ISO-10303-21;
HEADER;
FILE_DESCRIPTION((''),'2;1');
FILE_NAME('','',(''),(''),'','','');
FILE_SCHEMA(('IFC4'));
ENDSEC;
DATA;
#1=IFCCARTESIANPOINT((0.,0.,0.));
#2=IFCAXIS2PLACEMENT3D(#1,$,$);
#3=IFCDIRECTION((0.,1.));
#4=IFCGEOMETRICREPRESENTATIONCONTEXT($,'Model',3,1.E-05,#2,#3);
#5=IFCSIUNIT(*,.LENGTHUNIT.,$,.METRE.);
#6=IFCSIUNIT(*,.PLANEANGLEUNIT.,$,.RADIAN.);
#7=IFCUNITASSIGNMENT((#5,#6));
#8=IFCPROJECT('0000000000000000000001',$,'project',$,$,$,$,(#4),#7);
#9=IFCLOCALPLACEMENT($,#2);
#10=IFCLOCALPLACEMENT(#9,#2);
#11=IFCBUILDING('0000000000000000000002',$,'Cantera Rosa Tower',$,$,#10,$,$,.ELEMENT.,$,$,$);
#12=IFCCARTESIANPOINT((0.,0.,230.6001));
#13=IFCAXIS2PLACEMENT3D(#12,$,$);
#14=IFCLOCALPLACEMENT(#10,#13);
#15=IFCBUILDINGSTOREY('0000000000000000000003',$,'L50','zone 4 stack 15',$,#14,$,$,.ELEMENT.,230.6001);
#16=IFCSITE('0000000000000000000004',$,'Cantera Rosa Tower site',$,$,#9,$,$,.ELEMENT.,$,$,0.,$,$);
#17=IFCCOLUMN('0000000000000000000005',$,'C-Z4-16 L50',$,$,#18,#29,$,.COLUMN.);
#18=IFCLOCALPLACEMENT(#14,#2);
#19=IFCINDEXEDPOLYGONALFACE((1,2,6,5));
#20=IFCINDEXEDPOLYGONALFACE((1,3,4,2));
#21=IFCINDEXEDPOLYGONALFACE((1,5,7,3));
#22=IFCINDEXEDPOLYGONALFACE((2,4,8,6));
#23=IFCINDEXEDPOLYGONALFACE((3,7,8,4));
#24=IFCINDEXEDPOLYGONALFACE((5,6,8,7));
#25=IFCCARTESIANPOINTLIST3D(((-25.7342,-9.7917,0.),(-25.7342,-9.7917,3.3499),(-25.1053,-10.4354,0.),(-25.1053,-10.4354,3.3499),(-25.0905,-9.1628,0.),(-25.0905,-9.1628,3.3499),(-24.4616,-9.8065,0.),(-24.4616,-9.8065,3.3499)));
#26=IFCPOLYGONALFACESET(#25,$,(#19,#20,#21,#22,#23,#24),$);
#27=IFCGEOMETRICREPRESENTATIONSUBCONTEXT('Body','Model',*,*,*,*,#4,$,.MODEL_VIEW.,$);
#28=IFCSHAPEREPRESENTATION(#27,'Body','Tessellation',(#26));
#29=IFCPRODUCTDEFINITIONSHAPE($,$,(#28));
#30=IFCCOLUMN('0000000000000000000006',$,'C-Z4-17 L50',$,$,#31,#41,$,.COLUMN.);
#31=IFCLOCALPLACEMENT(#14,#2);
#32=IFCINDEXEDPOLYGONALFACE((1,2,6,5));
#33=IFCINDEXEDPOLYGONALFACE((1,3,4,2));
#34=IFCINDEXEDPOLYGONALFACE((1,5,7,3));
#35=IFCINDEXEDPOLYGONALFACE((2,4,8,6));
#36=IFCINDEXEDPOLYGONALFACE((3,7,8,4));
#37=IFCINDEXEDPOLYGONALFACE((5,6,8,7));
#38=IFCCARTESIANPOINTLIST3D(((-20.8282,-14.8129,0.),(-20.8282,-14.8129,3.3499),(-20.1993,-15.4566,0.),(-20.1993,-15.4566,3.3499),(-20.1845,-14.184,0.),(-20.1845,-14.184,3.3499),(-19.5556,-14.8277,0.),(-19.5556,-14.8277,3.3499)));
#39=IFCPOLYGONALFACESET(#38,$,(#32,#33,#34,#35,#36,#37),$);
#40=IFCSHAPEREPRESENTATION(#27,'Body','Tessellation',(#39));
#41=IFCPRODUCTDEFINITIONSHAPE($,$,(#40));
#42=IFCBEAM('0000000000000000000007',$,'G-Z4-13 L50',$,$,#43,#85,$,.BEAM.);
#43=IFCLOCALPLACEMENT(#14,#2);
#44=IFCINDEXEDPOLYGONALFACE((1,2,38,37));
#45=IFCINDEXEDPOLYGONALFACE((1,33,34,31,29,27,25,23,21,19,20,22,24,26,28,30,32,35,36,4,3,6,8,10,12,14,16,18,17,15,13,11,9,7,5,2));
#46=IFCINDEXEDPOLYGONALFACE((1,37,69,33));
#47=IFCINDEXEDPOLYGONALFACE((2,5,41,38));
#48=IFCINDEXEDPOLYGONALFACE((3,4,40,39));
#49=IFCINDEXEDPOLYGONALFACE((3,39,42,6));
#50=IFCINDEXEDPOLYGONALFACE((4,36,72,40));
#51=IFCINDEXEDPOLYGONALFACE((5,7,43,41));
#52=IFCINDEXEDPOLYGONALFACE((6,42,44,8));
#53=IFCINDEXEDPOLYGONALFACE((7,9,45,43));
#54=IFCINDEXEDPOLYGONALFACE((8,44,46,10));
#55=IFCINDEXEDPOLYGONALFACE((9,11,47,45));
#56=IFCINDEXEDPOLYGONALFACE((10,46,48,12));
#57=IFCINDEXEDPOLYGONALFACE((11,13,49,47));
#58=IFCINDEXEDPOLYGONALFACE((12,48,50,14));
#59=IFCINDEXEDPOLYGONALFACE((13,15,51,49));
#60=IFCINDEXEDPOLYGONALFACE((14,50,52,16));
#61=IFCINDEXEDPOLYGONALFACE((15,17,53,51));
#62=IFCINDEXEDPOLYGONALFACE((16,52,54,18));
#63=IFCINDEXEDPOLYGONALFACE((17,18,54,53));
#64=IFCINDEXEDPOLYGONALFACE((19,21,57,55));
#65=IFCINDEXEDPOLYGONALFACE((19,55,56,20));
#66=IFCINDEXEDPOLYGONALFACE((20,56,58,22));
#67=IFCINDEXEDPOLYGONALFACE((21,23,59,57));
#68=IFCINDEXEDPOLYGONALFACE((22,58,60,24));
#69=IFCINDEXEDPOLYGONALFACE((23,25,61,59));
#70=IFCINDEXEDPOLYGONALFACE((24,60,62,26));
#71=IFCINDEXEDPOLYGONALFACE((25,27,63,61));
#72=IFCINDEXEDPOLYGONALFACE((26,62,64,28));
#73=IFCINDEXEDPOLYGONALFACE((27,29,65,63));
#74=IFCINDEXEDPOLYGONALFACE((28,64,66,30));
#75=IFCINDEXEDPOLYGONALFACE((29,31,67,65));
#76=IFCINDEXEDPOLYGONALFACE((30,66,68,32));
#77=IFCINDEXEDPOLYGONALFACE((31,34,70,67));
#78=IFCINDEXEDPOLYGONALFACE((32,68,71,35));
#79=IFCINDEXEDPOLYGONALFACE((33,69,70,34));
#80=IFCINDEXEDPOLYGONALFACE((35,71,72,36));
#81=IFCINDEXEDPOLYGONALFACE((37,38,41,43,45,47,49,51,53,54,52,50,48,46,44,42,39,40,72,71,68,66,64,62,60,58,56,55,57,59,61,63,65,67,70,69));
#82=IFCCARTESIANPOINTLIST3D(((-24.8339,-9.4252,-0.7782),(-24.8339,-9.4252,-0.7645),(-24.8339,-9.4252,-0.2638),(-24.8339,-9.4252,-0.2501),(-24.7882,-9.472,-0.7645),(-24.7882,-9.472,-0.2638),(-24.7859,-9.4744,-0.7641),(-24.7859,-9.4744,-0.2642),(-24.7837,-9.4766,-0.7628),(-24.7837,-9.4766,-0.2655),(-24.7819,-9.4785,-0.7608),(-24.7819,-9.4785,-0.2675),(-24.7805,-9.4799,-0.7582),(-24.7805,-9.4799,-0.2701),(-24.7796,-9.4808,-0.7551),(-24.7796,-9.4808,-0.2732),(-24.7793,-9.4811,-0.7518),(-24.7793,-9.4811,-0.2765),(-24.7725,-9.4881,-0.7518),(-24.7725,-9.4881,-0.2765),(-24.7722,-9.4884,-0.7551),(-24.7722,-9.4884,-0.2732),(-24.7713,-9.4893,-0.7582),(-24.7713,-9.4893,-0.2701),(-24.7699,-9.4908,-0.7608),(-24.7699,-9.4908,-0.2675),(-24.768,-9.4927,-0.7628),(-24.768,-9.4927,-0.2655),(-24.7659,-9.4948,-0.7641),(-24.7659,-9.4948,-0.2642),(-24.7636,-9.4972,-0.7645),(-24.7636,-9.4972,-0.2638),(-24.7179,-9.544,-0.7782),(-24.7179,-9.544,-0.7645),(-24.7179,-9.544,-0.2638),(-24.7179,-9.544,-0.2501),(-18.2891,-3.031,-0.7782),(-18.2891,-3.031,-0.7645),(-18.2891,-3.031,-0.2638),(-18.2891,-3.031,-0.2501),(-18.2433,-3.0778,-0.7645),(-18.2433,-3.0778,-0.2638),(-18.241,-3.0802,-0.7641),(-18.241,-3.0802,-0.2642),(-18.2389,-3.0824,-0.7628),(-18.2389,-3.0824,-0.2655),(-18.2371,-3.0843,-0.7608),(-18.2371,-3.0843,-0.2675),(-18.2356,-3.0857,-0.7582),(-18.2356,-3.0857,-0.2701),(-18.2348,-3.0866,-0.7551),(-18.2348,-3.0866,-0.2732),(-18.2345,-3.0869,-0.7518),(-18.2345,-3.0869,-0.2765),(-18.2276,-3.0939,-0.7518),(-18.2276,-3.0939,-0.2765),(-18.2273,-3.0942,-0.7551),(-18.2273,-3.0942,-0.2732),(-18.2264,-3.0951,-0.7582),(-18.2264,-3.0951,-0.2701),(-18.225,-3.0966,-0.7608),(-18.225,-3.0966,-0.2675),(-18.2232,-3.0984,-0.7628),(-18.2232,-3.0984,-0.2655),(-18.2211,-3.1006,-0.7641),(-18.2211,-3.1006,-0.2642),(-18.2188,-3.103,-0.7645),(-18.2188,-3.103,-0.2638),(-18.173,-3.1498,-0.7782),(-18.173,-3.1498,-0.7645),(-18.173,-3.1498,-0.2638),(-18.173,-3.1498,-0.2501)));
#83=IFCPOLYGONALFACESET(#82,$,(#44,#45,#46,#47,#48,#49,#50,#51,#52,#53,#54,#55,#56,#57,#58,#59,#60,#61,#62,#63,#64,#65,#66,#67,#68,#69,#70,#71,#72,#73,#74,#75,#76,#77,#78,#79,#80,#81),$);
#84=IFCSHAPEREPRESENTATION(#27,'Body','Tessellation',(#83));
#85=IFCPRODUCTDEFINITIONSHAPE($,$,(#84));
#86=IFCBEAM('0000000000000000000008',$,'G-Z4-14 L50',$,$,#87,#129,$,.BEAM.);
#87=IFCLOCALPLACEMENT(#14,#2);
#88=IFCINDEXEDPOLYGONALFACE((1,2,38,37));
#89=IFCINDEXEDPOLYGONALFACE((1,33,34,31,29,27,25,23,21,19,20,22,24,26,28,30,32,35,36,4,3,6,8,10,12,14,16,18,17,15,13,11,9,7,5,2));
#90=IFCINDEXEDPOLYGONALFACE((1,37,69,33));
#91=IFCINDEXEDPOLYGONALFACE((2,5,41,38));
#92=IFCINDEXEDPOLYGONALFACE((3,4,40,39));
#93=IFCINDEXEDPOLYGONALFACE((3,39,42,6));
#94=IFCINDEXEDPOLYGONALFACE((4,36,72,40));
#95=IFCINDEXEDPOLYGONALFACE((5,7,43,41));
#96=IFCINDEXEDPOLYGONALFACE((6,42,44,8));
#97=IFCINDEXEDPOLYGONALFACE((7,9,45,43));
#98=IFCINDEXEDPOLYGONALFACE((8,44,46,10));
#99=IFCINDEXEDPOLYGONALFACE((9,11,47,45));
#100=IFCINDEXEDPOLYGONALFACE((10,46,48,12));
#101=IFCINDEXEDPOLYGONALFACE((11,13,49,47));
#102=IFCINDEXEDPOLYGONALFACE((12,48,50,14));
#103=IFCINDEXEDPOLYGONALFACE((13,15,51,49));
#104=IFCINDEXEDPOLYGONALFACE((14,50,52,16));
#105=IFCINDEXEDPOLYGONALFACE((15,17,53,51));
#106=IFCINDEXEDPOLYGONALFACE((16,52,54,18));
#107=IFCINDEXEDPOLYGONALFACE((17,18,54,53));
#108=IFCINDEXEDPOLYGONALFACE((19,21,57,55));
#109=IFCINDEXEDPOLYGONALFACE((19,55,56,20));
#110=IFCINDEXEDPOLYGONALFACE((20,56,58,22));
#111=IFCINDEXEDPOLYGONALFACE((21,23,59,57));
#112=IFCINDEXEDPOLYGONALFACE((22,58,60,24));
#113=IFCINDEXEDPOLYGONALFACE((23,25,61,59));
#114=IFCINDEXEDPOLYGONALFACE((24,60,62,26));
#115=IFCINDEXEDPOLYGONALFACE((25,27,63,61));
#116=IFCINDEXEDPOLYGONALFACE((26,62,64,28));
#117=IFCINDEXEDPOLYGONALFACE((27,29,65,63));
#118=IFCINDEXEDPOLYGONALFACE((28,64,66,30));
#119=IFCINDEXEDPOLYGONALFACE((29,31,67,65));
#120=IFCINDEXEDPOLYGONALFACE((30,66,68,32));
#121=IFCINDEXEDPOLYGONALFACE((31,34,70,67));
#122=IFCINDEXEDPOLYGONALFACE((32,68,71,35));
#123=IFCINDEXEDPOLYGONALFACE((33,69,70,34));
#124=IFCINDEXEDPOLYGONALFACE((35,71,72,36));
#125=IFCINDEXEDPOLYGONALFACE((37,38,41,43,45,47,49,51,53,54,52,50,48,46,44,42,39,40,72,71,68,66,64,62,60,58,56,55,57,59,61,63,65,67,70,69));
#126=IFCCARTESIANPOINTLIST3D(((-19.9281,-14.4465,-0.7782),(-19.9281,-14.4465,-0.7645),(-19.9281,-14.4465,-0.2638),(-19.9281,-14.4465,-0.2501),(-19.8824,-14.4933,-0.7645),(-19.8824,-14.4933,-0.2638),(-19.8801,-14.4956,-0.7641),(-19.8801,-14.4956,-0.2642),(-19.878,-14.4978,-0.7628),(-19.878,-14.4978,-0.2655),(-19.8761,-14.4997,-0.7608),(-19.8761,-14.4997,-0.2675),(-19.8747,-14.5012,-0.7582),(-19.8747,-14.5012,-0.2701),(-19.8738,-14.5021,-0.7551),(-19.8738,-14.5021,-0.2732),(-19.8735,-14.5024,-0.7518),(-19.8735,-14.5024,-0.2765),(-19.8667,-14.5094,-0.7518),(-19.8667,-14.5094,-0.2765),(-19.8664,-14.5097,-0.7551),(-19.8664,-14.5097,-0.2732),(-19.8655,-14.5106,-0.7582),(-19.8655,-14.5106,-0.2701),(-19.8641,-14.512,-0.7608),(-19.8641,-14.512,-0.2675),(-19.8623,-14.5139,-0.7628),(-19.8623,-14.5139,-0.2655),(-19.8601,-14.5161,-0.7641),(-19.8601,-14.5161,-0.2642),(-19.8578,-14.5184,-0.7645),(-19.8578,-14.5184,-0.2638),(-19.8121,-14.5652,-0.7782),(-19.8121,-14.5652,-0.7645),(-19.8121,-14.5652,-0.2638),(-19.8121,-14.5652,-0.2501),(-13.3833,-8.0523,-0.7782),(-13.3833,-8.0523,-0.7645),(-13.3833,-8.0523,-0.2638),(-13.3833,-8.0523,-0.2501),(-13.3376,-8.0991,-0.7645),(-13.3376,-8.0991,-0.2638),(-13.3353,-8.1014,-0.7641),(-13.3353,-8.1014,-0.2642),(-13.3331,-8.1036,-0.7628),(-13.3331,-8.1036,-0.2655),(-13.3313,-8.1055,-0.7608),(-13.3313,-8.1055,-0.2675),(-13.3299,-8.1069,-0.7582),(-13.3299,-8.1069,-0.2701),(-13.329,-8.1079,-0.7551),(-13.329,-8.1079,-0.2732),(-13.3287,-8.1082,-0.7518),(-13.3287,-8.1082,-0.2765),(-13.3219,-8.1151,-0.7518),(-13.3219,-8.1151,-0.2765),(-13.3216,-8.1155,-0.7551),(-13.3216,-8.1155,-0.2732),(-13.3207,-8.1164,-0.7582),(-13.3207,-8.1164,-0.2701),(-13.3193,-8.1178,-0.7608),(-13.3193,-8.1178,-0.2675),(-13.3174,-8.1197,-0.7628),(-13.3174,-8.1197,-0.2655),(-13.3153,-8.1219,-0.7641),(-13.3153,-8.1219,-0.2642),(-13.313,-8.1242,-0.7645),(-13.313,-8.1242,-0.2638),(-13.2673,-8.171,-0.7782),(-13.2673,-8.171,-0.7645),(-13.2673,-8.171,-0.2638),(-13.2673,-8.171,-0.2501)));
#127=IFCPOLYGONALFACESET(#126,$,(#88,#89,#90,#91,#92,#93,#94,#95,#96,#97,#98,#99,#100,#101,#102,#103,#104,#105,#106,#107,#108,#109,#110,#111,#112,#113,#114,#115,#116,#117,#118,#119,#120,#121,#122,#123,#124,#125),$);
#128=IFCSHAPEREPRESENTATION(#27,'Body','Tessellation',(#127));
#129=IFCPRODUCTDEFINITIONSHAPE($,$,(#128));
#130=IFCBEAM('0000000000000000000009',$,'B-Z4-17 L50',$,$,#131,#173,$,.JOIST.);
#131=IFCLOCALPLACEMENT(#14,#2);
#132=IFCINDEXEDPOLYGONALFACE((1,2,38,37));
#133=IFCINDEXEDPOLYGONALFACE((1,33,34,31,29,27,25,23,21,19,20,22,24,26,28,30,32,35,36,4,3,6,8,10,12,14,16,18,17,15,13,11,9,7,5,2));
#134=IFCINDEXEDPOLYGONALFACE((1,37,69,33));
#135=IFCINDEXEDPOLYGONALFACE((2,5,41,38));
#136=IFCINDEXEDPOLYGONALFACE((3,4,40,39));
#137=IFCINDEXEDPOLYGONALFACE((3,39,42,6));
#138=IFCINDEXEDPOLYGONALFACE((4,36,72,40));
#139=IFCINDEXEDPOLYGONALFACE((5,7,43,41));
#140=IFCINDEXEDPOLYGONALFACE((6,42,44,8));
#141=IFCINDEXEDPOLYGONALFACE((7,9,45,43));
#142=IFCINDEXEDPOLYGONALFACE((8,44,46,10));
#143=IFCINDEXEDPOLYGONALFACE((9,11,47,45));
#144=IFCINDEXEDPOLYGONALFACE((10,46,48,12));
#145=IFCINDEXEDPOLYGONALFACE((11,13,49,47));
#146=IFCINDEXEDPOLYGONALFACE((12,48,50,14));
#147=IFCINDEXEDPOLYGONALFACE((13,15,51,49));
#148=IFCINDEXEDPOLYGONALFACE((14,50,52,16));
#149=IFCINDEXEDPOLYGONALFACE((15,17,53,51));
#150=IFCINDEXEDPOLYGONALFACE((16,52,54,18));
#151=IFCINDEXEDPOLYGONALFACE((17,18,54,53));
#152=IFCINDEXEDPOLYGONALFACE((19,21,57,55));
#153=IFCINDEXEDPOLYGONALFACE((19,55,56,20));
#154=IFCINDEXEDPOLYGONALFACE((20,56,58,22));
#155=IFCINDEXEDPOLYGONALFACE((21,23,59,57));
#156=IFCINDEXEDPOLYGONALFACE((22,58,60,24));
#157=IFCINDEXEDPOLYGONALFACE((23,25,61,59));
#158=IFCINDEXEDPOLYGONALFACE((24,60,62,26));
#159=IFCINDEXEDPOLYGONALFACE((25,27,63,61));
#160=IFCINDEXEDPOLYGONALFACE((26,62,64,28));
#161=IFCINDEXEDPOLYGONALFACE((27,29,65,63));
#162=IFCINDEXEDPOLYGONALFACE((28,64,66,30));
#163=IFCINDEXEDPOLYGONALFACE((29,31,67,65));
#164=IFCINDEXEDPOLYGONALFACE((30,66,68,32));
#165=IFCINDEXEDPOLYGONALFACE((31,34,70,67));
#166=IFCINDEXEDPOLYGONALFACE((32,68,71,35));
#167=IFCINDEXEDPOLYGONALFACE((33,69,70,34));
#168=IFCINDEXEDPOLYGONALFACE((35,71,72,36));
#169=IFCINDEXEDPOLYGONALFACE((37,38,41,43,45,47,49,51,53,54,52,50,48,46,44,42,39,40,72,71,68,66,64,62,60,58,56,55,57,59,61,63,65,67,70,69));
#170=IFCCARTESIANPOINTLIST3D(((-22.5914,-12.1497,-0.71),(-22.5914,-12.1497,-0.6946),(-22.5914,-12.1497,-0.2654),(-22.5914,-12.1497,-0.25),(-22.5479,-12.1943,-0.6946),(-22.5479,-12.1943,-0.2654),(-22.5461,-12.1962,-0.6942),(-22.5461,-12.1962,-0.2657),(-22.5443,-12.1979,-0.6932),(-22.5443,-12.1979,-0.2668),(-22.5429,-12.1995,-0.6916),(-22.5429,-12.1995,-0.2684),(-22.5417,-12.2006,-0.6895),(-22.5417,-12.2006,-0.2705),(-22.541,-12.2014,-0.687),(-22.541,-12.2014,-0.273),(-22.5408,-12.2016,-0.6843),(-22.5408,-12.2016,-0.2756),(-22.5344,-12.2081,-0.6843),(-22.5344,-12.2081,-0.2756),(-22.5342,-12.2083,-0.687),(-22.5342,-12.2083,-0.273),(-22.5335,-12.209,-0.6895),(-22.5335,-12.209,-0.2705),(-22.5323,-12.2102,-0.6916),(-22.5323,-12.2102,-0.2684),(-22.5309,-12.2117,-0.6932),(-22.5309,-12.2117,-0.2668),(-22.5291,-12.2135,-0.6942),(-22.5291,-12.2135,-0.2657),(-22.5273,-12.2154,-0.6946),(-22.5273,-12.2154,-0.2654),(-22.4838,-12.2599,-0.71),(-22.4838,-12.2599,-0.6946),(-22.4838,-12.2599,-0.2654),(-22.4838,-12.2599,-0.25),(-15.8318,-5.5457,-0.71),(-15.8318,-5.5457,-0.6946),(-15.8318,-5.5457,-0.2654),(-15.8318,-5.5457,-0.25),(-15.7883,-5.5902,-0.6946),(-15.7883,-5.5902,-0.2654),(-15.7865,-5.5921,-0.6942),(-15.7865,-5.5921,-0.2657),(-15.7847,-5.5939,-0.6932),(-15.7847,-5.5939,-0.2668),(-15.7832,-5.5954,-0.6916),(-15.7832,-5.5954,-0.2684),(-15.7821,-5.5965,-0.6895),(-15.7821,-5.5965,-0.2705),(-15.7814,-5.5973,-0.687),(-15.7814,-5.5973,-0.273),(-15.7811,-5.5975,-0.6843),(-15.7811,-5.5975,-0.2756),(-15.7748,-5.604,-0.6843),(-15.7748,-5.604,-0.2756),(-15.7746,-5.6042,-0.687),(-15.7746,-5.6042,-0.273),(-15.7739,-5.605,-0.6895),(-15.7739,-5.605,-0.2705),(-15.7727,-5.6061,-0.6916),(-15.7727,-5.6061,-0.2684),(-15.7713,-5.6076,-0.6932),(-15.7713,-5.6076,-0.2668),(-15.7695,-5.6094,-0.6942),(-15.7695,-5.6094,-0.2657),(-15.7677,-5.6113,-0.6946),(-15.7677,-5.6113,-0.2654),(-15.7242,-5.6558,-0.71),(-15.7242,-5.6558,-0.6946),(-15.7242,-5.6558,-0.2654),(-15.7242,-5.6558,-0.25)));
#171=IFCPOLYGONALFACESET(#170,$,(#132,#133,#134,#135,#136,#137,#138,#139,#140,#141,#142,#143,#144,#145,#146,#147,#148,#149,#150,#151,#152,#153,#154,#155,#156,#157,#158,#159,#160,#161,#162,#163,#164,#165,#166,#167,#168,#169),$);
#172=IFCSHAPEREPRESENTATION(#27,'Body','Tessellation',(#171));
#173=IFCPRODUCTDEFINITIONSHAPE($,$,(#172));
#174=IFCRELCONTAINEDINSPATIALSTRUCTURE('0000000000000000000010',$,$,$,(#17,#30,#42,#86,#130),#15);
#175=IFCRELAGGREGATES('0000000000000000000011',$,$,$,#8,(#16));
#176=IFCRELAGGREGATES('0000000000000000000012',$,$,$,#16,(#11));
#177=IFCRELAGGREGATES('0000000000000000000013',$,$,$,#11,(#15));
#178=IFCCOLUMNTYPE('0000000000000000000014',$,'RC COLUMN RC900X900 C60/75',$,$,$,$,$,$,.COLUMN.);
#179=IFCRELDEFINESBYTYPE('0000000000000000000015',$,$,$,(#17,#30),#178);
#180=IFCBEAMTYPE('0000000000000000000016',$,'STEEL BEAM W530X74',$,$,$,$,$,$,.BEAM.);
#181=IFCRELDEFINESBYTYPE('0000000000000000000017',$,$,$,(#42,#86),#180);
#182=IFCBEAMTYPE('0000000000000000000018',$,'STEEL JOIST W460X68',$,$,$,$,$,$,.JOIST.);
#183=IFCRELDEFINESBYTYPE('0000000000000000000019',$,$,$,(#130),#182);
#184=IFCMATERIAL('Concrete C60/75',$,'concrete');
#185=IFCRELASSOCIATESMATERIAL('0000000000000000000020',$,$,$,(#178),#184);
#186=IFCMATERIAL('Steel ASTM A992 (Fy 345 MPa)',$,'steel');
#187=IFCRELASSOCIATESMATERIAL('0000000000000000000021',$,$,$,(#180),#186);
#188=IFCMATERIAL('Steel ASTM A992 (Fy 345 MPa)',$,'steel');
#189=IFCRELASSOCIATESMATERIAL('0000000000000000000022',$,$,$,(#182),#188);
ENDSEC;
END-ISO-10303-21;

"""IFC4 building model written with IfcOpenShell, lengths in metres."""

from ifc_helpers import new_model, si_unit, direction, frame, origin, origin_2d, place, context, subcontext, project, spatial, rectangle, i_section, extrude, material, material_profile, profile_set, type_object, element, save


model = new_model("IFC4")

# Units and contexts
model_context = context("Model", 3, precision=1e-05, world=origin(), true_north=direction((0.0, 1.0)))
body_context = subcontext(model_context, "Body", "Model", "MODEL_VIEW")
ifc_project = project(units=[si_unit("LENGTHUNIT", "METRE"), si_unit("PLANEANGLEUNIT", "RADIAN")], contexts=[model_context])

# Site, building, storey
site_placement = place(None, origin())
site = spatial("IfcSite", under=ifc_project, at=site_placement, Name="Cantera Rosa Tower site", CompositionType="ELEMENT", RefElevation=0.0)
building_placement = place(site_placement, origin())
building = spatial("IfcBuilding", under=site, at=building_placement, Name="Cantera Rosa Tower", CompositionType="ELEMENT")
storey_placement = place(building_placement, frame((0.0, 0.0, 230.6001)))
storey = spatial("IfcBuildingStorey", under=building, at=storey_placement, Name="L50", Description="zone 4 stack 15", CompositionType="ELEMENT", Elevation=230.6001)

# Columns
ifc_material_1 = material(Name="Concrete C60/75", Category="concrete")
ifc_material_profile_1 = material_profile(ifc_material_1, rectangle(XDim=0.8999, YDim=0.8999, at=origin_2d()), Name="RC COLUMN RC900X900 C60/75")
ifc_profile_set_1 = profile_set([ifc_material_profile_1], Name="Concrete C60/75")
column_type = type_object("IfcColumnType", Name="RC COLUMN RC900X900 C60/75", PredefinedType="COLUMN", material=ifc_profile_set_1)
for number, where, z_axis, x_axis, name in (
    (1, (-25.0979, -9.7991, 0.0), (0.0, 0.0, 1.0), (0.715286, 0.698832, 0.0), "C-Z4-16 L50"),
    (2, (-20.1919, -14.8203, 0.0), (0.0, 0.0, 1.0), (0.715286, 0.698832, 0.0), "C-Z4-17 L50"),
):
    element("IfcColumn", number, at=place(storey_placement, frame(where, z_axis=z_axis, x_axis=x_axis)), inside=storey, type_object=column_type, Name=name, PredefinedType="COLUMN", context=body_context, shape_type="SweptSolid", body=[
        extrude(rectangle(XDim=0.8999, YDim=0.8999, at=origin_2d()), origin(), (0.0, 0.0, 1.0), 3.3499),
    ])

# Beams
ifc_material_2 = material(Name="Steel ASTM A992 (Fy 345 MPa)", Category="steel")
ifc_material_profile_2 = material_profile(ifc_material_2, i_section(OverallWidth=0.166, OverallDepth=0.5281, WebThickness=0.0098, FlangeThickness=0.0137, FilletRadius=0.0127, at=origin_2d()), Name="W530X74")
ifc_profile_set_2 = profile_set([ifc_material_profile_2], Name="Steel ASTM A992 (Fy 345 MPa)")
beam_type_1 = type_object("IfcBeamType", Name="STEEL BEAM W530X74", PredefinedType="BEAM", material=ifc_profile_set_2)
for number, where, z_axis, x_axis, name in (
    (3, (-24.7759, -9.4846, -0.5142), (0.71529, 0.698827, 0.0), (-0.698827, 0.71529, 0.0), "G-Z4-13 L50"),
    (4, (-19.8701, -14.5059, -0.5142), (0.71529, 0.698827, 0.0), (-0.698827, 0.71529, 0.0), "G-Z4-14 L50"),
):
    element("IfcBeam", number, at=place(storey_placement, frame(where, z_axis=z_axis, x_axis=x_axis)), inside=storey, type_object=beam_type_1, Name=name, PredefinedType="BEAM", context=body_context, shape_type="SweptSolid", body=[
        extrude(i_section(OverallWidth=0.166, OverallDepth=0.5281, WebThickness=0.0098, FlangeThickness=0.0137, FilletRadius=0.0127, at=origin_2d()), origin(), (0.0, 0.0, 1.0), 9.1499),
    ])
ifc_material_3 = material(Name="Steel ASTM A992 (Fy 345 MPa)", Category="steel")
ifc_material_profile_3 = material_profile(ifc_material_3, i_section(OverallWidth=0.1541, OverallDepth=0.46, WebThickness=0.009, FlangeThickness=0.0154, FilletRadius=0.0103, at=origin_2d()), Name="W460X68")
ifc_profile_set_3 = profile_set([ifc_material_profile_3], Name="Steel ASTM A992 (Fy 345 MPa)")
beam_type_2 = type_object("IfcBeamType", Name="STEEL JOIST W460X68", PredefinedType="JOIST", material=ifc_profile_set_3)
beam_1_placement = place(storey_placement, frame((-22.5376, -12.2048, -0.48), z_axis=(0.715287, 0.698831, 0.0), x_axis=(-0.698831, 0.715287, 0.0)))
element("IfcBeam", 5, at=beam_1_placement, inside=storey, type_object=beam_type_2, Name="B-Z4-17 L50", PredefinedType="JOIST", context=body_context, shape_type="SweptSolid", body=[
    extrude(i_section(OverallWidth=0.1541, OverallDepth=0.46, WebThickness=0.009, FlangeThickness=0.0154, FilletRadius=0.0103, at=origin_2d()), origin(), (0.0, 0.0, 1.0), 9.4502),
])

save(model, "model.ifc")
